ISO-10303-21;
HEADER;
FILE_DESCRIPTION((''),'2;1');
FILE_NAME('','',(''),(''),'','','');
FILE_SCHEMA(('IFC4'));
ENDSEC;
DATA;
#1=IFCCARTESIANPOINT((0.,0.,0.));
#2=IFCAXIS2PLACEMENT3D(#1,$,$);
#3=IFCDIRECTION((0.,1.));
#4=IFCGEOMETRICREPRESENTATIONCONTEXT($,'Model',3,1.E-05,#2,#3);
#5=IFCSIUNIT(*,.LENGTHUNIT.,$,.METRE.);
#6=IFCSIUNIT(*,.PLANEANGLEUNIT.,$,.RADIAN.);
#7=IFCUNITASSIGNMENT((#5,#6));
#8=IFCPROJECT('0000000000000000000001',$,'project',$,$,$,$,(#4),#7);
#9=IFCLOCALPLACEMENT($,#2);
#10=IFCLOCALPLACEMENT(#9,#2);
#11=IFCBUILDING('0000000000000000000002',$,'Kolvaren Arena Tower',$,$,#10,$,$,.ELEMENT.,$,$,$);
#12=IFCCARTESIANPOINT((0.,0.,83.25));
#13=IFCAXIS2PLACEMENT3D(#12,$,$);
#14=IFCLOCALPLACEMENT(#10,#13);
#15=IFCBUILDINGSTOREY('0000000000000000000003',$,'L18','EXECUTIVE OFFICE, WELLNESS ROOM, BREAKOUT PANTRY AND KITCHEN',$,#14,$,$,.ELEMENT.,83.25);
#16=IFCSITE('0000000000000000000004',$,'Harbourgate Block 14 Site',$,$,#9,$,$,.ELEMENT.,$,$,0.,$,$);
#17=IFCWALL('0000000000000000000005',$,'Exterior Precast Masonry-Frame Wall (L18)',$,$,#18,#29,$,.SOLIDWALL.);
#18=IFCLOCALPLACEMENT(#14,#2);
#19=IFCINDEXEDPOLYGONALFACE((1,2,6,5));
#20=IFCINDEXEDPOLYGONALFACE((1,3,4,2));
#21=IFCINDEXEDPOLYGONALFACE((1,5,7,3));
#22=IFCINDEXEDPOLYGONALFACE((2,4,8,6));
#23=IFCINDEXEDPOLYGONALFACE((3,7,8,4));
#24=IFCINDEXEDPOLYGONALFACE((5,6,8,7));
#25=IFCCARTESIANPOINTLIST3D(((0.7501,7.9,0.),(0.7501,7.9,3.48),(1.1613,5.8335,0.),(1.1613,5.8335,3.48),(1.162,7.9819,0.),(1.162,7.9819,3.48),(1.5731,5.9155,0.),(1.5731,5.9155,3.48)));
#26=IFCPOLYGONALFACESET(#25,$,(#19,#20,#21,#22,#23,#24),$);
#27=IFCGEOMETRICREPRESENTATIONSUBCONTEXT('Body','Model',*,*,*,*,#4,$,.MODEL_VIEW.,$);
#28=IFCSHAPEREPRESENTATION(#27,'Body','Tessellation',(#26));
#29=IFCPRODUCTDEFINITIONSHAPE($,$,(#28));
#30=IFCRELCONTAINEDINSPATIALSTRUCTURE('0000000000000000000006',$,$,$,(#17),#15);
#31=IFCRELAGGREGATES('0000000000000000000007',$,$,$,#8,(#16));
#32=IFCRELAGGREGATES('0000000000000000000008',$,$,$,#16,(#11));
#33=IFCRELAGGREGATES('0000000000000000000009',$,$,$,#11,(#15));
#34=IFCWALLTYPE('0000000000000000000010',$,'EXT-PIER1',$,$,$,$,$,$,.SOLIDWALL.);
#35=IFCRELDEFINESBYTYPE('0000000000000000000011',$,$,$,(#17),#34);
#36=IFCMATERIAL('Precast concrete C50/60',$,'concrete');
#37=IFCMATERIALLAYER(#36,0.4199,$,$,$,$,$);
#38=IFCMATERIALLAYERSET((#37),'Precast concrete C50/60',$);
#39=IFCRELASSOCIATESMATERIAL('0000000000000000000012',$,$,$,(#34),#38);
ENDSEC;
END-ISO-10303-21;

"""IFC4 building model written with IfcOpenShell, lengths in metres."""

from ifc_helpers import new_model, si_unit, direction, frame, frame_2d, origin, place, context, subcontext, project, spatial, rectangle, extrude, material, layer, layer_set, type_object, element, save


model = new_model("IFC4")

# Units and contexts
model_context = context("Model", 3, precision=1e-05, world=origin(), true_north=direction((0.0, 1.0)))
body_context = subcontext(model_context, "Body", "Model", "MODEL_VIEW")
ifc_project = project(units=[si_unit("LENGTHUNIT", "METRE"), si_unit("PLANEANGLEUNIT", "RADIAN")], contexts=[model_context])

# Site, building, storey
site_placement = place(None, origin())
site = spatial("IfcSite", under=ifc_project, at=site_placement, Name="Harbourgate Block 14 Site", CompositionType="ELEMENT", RefElevation=0.0)
building_placement = place(site_placement, origin())
building = spatial("IfcBuilding", under=site, at=building_placement, Name="Kolvaren Arena Tower", CompositionType="ELEMENT")
storey_placement = place(building_placement, frame((0.0, 0.0, 83.25)))
storey = spatial("IfcBuildingStorey", under=building, at=storey_placement, Name="L18", Description="EXECUTIVE OFFICE, WELLNESS ROOM, BREAKOUT PANTRY AND KITCHEN", CompositionType="ELEMENT", Elevation=83.25)

# Shared definitions
ifc_material_1 = material(Name="Precast concrete C50/60", Category="concrete")
ifc_layer_1 = layer(ifc_material_1, 0.4199)
ifc_layer_set_1 = layer_set([ifc_layer_1], Name="Precast concrete C50/60")
wall_type_1 = type_object("IfcWallType", Name="EXT-PIER1", PredefinedType="SOLIDWALL", material=ifc_layer_set_1)

# Wall
wall_1_placement = place(storey_placement, frame((1.3672, 5.8745, 0.0), z_axis=(0.0, 0.0, 1.0), x_axis=(-0.195136, 0.980776, 0.0)))
element("IfcWall", 1, at=wall_1_placement, inside=storey, type_object=wall_type_1, Name="Exterior Precast Masonry-Frame Wall (L18)", PredefinedType="SOLIDWALL", context=body_context, shape_type="SweptSolid", body=[
    extrude(rectangle(XDim=2.1069, YDim=0.4199, at=frame_2d((1.0535, 0.0))), origin(), (0.0, 0.0, 1.0), 3.48),
])

save(model, "model.ifc")
